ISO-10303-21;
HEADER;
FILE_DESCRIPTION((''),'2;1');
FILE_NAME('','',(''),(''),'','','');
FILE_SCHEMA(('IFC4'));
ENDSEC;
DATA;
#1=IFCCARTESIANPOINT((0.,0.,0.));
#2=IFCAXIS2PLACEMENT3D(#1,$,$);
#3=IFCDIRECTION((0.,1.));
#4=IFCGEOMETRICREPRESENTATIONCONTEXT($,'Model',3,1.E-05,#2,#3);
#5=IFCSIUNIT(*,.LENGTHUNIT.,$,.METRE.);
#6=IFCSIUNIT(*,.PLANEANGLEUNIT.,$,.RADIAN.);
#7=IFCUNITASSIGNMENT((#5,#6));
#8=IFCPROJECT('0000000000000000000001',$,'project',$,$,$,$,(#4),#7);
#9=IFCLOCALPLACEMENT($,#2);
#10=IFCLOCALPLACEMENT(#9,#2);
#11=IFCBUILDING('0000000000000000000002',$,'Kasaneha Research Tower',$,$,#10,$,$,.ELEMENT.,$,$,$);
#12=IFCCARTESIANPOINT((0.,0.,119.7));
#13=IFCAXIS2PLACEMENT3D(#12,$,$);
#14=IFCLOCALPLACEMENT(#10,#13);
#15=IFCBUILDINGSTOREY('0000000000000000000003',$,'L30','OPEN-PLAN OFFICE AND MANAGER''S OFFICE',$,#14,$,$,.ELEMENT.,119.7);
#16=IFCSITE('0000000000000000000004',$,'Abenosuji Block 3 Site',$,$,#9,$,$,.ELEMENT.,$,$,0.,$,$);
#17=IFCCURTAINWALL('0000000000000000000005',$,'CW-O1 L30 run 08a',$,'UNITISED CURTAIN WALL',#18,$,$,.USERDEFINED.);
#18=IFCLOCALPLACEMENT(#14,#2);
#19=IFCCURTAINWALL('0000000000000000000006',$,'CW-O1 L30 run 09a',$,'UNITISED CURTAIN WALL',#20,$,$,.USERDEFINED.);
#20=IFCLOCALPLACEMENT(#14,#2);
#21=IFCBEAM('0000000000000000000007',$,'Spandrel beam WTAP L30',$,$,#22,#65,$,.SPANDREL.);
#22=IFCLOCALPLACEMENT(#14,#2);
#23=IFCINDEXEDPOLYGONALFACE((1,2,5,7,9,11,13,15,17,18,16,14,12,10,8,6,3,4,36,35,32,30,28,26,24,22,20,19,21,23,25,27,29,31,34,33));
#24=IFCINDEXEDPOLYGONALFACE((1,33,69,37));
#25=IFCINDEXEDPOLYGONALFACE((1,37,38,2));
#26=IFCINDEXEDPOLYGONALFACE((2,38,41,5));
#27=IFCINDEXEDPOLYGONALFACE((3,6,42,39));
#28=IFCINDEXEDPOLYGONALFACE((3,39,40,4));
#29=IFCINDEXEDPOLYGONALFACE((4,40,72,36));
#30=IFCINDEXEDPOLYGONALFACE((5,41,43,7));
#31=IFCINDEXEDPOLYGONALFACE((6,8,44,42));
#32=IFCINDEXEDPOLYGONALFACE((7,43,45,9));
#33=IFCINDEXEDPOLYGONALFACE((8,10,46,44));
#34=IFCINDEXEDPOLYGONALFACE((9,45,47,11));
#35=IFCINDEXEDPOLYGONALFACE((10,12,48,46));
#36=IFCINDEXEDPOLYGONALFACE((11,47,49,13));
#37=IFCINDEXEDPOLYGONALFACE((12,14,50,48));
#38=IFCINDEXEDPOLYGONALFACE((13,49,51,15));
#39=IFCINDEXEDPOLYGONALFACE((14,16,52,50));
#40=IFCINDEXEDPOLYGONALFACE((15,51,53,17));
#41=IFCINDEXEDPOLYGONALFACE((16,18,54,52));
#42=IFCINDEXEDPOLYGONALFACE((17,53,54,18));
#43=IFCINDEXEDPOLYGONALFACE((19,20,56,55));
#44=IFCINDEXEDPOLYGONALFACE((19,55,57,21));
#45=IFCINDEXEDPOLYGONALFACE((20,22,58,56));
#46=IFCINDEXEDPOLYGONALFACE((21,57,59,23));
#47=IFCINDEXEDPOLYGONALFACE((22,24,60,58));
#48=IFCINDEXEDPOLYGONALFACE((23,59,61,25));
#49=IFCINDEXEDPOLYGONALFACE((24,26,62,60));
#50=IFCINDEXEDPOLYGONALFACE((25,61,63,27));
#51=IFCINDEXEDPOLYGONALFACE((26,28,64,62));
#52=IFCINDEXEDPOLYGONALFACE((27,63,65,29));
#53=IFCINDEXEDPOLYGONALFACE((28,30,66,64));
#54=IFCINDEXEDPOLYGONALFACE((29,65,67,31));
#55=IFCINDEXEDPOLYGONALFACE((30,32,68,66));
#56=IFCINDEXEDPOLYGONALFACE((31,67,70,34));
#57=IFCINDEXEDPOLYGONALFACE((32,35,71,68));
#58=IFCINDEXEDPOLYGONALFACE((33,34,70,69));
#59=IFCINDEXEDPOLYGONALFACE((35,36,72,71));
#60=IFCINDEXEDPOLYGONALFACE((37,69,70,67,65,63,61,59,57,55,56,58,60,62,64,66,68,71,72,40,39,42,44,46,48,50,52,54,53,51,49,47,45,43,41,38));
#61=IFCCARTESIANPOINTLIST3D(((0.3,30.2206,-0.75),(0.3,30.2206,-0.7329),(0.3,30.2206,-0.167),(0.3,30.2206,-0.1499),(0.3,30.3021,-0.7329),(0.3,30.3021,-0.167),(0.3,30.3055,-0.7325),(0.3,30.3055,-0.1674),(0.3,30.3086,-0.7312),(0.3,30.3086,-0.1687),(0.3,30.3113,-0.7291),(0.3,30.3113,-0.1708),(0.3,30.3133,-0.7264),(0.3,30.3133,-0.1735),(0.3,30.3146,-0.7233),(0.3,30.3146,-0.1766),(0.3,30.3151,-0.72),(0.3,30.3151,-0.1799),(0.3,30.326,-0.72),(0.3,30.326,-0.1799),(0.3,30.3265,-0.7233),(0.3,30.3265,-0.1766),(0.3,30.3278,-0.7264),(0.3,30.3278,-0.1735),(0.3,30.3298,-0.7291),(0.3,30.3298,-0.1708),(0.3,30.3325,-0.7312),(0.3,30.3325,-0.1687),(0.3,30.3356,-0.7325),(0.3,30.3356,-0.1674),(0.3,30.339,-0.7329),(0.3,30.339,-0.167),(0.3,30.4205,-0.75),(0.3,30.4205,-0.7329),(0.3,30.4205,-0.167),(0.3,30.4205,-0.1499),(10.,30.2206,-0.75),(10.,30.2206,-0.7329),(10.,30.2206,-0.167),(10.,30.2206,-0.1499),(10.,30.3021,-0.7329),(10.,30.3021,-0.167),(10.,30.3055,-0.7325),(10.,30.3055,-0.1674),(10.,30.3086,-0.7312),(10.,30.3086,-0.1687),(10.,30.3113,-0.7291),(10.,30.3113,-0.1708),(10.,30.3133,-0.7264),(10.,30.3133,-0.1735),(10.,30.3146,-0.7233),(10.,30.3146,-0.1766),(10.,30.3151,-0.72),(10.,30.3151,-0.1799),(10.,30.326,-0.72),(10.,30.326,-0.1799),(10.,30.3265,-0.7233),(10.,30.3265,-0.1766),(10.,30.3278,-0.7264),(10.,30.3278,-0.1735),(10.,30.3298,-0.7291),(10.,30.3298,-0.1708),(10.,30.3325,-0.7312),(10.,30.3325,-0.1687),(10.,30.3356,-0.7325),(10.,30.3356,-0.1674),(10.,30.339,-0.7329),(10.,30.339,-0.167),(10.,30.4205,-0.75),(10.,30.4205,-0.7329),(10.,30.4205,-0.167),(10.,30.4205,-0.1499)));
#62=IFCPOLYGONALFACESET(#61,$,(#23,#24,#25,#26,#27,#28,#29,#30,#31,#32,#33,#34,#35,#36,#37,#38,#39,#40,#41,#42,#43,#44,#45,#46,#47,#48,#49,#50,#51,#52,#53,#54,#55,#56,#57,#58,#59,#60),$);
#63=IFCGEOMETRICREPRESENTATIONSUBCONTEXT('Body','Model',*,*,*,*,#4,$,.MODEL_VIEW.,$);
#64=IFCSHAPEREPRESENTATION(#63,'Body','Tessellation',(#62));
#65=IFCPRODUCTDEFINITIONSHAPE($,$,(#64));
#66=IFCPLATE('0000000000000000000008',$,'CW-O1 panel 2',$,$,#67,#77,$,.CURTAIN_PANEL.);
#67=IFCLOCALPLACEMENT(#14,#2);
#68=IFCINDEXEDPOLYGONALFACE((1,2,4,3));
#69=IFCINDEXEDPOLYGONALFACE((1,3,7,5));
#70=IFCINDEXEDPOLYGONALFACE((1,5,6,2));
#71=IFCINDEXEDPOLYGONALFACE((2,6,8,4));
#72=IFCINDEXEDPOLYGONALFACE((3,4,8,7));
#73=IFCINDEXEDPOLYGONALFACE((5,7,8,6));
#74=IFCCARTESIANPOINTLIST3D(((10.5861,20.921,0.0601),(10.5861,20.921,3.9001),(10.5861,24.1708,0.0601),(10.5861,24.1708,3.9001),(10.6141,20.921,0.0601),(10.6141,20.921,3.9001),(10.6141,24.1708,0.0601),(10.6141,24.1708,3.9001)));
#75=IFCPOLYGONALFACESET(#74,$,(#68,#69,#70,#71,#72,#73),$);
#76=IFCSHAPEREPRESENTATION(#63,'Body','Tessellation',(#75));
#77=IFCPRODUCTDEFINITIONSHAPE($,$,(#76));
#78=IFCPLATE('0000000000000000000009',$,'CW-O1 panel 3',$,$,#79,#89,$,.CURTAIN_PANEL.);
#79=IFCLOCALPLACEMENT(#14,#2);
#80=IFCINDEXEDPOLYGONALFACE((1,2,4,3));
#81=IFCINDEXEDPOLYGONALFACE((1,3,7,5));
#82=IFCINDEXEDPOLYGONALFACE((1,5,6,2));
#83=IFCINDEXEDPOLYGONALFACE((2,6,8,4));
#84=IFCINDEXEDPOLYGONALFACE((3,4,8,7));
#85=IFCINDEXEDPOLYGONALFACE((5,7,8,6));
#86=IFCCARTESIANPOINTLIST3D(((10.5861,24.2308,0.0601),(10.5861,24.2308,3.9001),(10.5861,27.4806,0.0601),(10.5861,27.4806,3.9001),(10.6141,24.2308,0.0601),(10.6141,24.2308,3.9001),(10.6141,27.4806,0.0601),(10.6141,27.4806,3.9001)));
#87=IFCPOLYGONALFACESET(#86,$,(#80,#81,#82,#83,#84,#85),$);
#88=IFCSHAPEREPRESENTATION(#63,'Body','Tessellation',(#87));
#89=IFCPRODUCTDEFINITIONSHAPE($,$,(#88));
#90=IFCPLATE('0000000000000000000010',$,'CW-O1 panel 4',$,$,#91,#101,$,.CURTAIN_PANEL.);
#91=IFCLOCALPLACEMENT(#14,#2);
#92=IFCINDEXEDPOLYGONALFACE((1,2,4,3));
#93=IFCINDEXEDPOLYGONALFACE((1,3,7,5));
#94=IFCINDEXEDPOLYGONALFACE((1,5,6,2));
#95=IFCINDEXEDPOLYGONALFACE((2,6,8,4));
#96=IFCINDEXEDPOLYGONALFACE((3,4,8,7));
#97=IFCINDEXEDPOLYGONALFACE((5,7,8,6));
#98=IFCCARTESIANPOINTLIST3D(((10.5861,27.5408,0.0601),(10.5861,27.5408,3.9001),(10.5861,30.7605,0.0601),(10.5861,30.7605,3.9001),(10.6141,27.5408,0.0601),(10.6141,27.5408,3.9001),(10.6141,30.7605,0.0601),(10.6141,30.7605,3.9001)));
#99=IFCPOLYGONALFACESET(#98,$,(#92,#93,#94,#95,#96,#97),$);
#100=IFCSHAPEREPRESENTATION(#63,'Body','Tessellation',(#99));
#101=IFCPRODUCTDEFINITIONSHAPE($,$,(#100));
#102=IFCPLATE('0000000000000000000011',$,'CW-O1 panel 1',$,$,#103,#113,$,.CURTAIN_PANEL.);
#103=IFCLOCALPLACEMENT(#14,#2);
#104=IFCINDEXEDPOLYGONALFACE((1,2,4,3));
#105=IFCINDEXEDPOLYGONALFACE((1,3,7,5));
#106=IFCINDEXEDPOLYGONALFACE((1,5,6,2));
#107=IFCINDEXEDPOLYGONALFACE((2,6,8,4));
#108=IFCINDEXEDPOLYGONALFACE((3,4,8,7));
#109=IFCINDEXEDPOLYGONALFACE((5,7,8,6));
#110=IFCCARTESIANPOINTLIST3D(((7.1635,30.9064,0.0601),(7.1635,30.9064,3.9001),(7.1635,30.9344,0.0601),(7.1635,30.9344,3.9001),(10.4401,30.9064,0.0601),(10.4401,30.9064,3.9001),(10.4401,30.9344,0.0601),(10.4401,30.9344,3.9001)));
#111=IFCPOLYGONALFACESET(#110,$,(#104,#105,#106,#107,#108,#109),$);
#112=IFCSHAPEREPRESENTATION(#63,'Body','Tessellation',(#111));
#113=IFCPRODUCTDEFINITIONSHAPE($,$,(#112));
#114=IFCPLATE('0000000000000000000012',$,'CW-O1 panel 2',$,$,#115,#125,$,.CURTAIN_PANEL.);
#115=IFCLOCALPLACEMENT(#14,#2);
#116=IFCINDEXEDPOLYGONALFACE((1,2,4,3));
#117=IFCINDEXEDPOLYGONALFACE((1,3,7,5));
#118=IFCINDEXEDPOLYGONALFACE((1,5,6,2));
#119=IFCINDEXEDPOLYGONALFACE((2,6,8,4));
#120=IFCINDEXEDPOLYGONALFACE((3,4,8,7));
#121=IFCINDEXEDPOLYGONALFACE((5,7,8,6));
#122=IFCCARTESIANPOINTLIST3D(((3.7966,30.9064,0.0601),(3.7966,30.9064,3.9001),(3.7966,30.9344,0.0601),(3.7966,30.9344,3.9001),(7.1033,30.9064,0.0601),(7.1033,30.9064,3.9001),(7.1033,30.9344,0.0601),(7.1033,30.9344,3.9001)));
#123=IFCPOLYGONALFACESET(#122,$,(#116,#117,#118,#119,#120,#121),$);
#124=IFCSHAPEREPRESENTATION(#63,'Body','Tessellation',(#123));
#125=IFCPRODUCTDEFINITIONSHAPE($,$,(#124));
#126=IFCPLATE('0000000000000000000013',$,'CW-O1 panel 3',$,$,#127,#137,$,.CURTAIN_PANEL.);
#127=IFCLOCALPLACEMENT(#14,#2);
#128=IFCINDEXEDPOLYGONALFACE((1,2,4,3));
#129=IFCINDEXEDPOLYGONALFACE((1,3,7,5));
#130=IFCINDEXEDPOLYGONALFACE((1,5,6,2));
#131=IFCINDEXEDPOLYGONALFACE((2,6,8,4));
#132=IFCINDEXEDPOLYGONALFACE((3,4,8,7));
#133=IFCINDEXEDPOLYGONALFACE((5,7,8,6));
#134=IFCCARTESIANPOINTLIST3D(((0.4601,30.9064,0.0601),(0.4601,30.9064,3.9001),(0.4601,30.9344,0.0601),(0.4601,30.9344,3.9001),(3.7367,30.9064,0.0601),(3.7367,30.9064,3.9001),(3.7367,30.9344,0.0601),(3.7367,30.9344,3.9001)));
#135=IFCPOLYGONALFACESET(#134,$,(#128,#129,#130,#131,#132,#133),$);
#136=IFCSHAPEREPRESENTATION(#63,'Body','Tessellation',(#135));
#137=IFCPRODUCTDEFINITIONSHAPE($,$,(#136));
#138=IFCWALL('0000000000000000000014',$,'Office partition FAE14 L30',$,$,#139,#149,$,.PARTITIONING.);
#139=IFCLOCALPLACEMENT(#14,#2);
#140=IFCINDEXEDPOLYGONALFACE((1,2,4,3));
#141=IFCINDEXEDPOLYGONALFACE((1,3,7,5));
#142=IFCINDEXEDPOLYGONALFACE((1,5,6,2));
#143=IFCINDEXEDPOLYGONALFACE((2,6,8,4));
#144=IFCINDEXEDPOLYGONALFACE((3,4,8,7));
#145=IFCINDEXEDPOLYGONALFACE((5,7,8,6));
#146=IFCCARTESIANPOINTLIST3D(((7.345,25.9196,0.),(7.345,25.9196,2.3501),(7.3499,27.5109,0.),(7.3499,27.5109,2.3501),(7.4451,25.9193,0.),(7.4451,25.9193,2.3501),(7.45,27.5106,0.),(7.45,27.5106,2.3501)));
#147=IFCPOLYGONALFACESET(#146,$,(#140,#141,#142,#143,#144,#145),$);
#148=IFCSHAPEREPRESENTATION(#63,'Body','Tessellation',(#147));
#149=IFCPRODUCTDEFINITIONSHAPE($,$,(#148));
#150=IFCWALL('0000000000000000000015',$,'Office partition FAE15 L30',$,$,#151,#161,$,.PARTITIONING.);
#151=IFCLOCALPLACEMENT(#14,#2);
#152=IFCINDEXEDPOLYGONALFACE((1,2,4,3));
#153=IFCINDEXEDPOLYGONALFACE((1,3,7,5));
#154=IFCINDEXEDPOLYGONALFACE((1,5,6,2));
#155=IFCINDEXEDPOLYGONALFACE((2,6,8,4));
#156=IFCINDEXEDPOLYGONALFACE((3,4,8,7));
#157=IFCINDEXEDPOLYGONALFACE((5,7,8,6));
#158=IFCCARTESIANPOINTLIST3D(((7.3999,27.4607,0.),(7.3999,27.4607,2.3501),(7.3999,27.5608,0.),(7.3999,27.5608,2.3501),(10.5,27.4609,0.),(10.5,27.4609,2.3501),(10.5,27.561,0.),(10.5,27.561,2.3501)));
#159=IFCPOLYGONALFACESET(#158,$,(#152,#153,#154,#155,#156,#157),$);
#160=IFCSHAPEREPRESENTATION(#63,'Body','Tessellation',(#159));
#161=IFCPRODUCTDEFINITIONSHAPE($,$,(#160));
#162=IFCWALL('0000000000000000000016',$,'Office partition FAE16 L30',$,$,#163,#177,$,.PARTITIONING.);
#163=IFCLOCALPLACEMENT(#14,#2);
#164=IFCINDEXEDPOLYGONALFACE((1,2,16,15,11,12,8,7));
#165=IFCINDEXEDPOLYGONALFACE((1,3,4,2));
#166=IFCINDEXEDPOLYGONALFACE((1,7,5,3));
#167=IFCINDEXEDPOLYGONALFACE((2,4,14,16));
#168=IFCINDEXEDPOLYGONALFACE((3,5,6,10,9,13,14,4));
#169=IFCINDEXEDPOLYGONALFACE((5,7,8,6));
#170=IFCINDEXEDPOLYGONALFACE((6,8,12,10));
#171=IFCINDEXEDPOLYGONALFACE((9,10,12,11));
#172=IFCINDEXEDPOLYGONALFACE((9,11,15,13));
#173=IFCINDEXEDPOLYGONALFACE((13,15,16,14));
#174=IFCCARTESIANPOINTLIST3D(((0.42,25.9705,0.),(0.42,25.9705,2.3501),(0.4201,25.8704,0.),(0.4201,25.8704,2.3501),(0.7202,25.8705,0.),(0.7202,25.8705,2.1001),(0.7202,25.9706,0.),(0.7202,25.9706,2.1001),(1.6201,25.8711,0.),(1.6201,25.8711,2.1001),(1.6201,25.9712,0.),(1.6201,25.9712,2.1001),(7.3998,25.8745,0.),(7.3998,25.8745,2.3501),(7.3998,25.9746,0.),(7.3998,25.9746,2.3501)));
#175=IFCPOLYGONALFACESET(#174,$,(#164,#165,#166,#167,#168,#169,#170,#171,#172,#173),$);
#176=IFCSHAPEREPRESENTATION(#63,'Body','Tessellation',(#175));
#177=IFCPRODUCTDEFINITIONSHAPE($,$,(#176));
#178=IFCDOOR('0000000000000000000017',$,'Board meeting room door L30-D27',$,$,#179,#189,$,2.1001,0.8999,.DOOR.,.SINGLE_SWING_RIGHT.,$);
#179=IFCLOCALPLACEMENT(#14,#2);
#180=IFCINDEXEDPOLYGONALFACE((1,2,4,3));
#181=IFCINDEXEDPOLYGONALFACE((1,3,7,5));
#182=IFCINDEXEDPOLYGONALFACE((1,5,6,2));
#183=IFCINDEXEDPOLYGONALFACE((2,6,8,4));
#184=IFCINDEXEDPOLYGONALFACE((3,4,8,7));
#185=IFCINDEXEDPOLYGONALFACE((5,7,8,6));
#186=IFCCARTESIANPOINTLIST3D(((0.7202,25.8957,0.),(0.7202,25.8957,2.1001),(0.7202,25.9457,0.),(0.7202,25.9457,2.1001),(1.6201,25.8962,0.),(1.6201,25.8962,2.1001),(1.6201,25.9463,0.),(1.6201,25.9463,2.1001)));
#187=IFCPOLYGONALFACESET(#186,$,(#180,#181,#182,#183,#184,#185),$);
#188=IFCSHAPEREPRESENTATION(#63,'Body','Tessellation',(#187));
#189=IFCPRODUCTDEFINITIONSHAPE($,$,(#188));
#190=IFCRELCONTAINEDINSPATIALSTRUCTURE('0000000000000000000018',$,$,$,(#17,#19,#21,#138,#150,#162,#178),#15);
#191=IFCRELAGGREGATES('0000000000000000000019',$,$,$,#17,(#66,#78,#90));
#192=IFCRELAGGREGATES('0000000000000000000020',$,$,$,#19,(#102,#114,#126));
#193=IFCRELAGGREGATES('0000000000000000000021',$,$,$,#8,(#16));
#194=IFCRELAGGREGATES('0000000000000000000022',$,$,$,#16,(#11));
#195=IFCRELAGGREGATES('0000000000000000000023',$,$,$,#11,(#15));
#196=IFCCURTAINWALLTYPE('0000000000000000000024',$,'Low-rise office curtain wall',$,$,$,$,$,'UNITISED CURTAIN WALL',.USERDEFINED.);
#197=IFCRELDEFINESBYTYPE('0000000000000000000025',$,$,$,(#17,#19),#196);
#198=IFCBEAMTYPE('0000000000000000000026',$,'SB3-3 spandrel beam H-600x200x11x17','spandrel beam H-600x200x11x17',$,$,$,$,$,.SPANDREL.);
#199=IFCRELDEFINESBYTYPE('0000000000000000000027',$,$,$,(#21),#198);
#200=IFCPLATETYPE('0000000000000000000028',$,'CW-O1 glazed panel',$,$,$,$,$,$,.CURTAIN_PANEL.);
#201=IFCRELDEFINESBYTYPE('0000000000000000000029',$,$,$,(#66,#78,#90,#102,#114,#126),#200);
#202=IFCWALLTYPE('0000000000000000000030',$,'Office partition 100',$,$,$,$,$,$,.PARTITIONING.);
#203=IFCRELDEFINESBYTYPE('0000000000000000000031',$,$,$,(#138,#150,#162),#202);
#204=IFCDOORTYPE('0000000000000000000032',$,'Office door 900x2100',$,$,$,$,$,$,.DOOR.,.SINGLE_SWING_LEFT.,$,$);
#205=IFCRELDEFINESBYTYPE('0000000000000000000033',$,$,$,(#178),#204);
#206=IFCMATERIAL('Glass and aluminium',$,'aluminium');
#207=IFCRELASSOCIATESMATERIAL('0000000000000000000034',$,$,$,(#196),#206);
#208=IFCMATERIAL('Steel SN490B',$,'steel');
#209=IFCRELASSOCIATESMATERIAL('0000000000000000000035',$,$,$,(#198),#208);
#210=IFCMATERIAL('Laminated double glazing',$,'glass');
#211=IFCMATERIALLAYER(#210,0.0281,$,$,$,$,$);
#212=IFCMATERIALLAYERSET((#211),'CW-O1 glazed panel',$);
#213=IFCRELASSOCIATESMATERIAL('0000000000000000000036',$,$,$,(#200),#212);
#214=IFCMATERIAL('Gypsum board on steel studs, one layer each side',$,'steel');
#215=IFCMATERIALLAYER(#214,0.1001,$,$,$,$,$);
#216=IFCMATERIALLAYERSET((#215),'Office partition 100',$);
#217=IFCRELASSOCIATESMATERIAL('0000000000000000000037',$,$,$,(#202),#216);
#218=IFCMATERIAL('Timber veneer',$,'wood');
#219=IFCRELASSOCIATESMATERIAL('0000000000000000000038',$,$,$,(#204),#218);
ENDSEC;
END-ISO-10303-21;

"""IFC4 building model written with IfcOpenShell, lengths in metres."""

from ifc_helpers import new_model, si_unit, direction, frame, frame_2d, origin, origin_2d, place, context, subcontext, project, spatial, rectangle, i_section, extrude, material, layer, layer_set, material_profile, profile_set, type_object, element, fill, aggregate, save


model = new_model("IFC4")

# Units and contexts
model_context = context("Model", 3, precision=1e-05, world=origin(), true_north=direction((0.0, 1.0)))
body_context = subcontext(model_context, "Body", "Model", "MODEL_VIEW")
ifc_project = project(units=[si_unit("LENGTHUNIT", "METRE"), si_unit("PLANEANGLEUNIT", "RADIAN")], contexts=[model_context])

# Site, building, storey
site_placement = place(None, origin())
site = spatial("IfcSite", under=ifc_project, at=site_placement, Name="Abenosuji Block 3 Site", CompositionType="ELEMENT", RefElevation=0.0)
building_placement = place(site_placement, origin())
building = spatial("IfcBuilding", under=site, at=building_placement, Name="Kasaneha Research Tower", CompositionType="ELEMENT")
storey_placement = place(building_placement, frame((0.0, 0.0, 119.7)))
storey = spatial("IfcBuildingStorey", under=building, at=storey_placement, Name="L30", Description="OPEN-PLAN OFFICE AND MANAGER'S OFFICE", CompositionType="ELEMENT", Elevation=119.7)

# Curtain walls
ifc_material_1 = material(Name="Glass and aluminium", Category="aluminium")
curtain_wall_type = type_object("IfcCurtainWallType", Name="Low-rise office curtain wall", ElementType="UNITISED CURTAIN WALL", PredefinedType="USERDEFINED", material=ifc_material_1)
curtain_wall_1_placement = place(storey_placement, origin())
curtain_wall_1 = element("IfcCurtainWall", 1, at=curtain_wall_1_placement, inside=storey, type_object=curtain_wall_type, Name="CW-O1 L30 run 08a", ObjectType="UNITISED CURTAIN WALL", PredefinedType="USERDEFINED")
curtain_wall_2_placement = place(storey_placement, origin())
curtain_wall_2 = element("IfcCurtainWall", 2, at=curtain_wall_2_placement, inside=storey, type_object=curtain_wall_type, Name="CW-O1 L30 run 09a", ObjectType="UNITISED CURTAIN WALL", PredefinedType="USERDEFINED")

# Beam
ifc_material_2 = material(Name="Steel SN490B", Category="steel")
ifc_material_profile_1 = material_profile(ifc_material_2, i_section(OverallWidth=0.2, OverallDepth=0.6001, WebThickness=0.011, FlangeThickness=0.0171, FilletRadius=0.0129, at=origin_2d()), Name="H-600x200x11x17")
ifc_profile_set_1 = profile_set([ifc_material_profile_1], Name="Steel SN490B")
beam_type_1 = type_object("IfcBeamType", Name="SB3-3 spandrel beam H-600x200x11x17", Description="spandrel beam H-600x200x11x17", PredefinedType="SPANDREL", material=ifc_profile_set_1)
beam_1_placement = place(storey_placement, frame((10.0, 30.3206, -0.45), z_axis=(-1.0, 0.0, 0.0), x_axis=(0.0, -1.0, 0.0)))
element("IfcBeam", 3, at=beam_1_placement, inside=storey, type_object=beam_type_1, Name="Spandrel beam WTAP L30", PredefinedType="SPANDREL", context=body_context, shape_type="SweptSolid", body=[
    extrude(i_section(OverallWidth=0.2, OverallDepth=0.6001, WebThickness=0.011, FlangeThickness=0.0171, FilletRadius=0.0129, at=origin_2d()), origin(), (0.0, 0.0, 1.0), 9.7),
])

# Plates
ifc_material_3 = material(Name="Laminated double glazing", Category="glass")
ifc_layer_1 = layer(ifc_material_3, 0.0281)
ifc_layer_set_1 = layer_set([ifc_layer_1], Name="CW-O1 glazed panel")
plate_type = type_object("IfcPlateType", Name="CW-O1 glazed panel", PredefinedType="CURTAIN_PANEL", material=ifc_layer_set_1)
plate_1_placement = place(storey_placement, frame((10.6001, 22.5459, 0.0601), z_axis=(0.0, 0.0, 1.0), x_axis=(0.0, 1.0, 0.0)))
plate_1 = element("IfcPlate", 4, at=plate_1_placement, type_object=plate_type, Name="CW-O1 panel 2", PredefinedType="CURTAIN_PANEL", context=body_context, shape_type="SweptSolid", body=[
    extrude(rectangle(XDim=3.2498, YDim=0.0281, at=origin_2d()), origin(), (0.0, 0.0, 1.0), 3.8401),
])
plate_2_placement = place(storey_placement, frame((10.6001, 25.8557, 0.0601), z_axis=(0.0, 0.0, 1.0), x_axis=(0.0, 1.0, 0.0)))
plate_2 = element("IfcPlate", 5, at=plate_2_placement, type_object=plate_type, Name="CW-O1 panel 3", PredefinedType="CURTAIN_PANEL", context=body_context, shape_type="SweptSolid", body=[
    extrude(rectangle(XDim=3.2498, YDim=0.0281, at=origin_2d()), origin(), (0.0, 0.0, 1.0), 3.8401),
])
plate_3_placement = place(storey_placement, frame((10.6001, 29.1506, 0.0601), z_axis=(0.0, 0.0, 1.0), x_axis=(0.0, 1.0, 0.0)))
plate_3 = element("IfcPlate", 6, at=plate_3_placement, type_object=plate_type, Name="CW-O1 panel 4", PredefinedType="CURTAIN_PANEL", context=body_context, shape_type="SweptSolid", body=[
    extrude(rectangle(XDim=3.2197, YDim=0.0281, at=origin_2d()), origin(), (0.0, 0.0, 1.0), 3.8401),
])
aggregate(curtain_wall_1, [plate_1, plate_2, plate_3])
plate_4_placement = place(storey_placement, frame((8.8018, 30.9204, 0.0601), z_axis=(0.0, 0.0, 1.0), x_axis=(-1.0, 0.0, 0.0)))
plate_4 = element("IfcPlate", 7, at=plate_4_placement, type_object=plate_type, Name="CW-O1 panel 1", PredefinedType="CURTAIN_PANEL", context=body_context, shape_type="SweptSolid", body=[
    extrude(rectangle(XDim=3.2766, YDim=0.0281, at=origin_2d()), origin(), (0.0, 0.0, 1.0), 3.8401),
])
plate_5_placement = place(storey_placement, frame((5.45, 30.9204, 0.0601), z_axis=(0.0, 0.0, 1.0), x_axis=(-1.0, 0.0, 0.0)))
plate_5 = element("IfcPlate", 8, at=plate_5_placement, type_object=plate_type, Name="CW-O1 panel 2", PredefinedType="CURTAIN_PANEL", context=body_context, shape_type="SweptSolid", body=[
    extrude(rectangle(XDim=3.3066, YDim=0.0281, at=origin_2d()), origin(), (0.0, 0.0, 1.0), 3.8401),
])
plate_6_placement = place(storey_placement, frame((2.0984, 30.9204, 0.0601), z_axis=(0.0, 0.0, 1.0), x_axis=(-1.0, 0.0, 0.0)))
plate_6 = element("IfcPlate", 9, at=plate_6_placement, type_object=plate_type, Name="CW-O1 panel 3", PredefinedType="CURTAIN_PANEL", context=body_context, shape_type="SweptSolid", body=[
    extrude(rectangle(XDim=3.2766, YDim=0.0281, at=origin_2d()), origin(), (0.0, 0.0, 1.0), 3.8401),
])
aggregate(curtain_wall_2, [plate_4, plate_5, plate_6])

# Walls
ifc_material_4 = material(Name="Gypsum board on steel studs, one layer each side", Category="steel")
ifc_layer_2 = layer(ifc_material_4, 0.1001)
ifc_layer_set_2 = layer_set([ifc_layer_2], Name="Office partition 100")
wall_type = type_object("IfcWallType", Name="Office partition 100", PredefinedType="PARTITIONING", material=ifc_layer_set_2)
wall_1_placement = place(storey_placement, frame((7.3999, 27.5107, 0.0), z_axis=(0.0, 0.0, 1.0), x_axis=(-0.003068, -0.999995, 0.0)))
element("IfcWall", 10, at=wall_1_placement, inside=storey, type_object=wall_type, Name="Office partition FAE14 L30", PredefinedType="PARTITIONING", context=body_context, shape_type="SweptSolid", body=[
    extrude(rectangle(XDim=1.5913, YDim=0.1001, at=frame_2d((0.7957, 0.0))), origin(), (0.0, 0.0, 1.0), 2.3501),
])
wall_2_placement = place(storey_placement, frame((10.5, 27.511, 0.0), z_axis=(0.0, 0.0, 1.0), x_axis=(-1.0, -0.000079, 0.0)))
element("IfcWall", 11, at=wall_2_placement, inside=storey, type_object=wall_type, Name="Office partition FAE15 L30", PredefinedType="PARTITIONING", context=body_context, shape_type="SweptSolid", body=[
    extrude(rectangle(XDim=3.1001, YDim=0.1001, at=frame_2d((1.55, 0.0))), origin(), (0.0, 0.0, 1.0), 2.3501),
])

# Wall, opening, door
wall_3_placement = place(storey_placement, frame((7.3997, 25.9246, 0.0), z_axis=(0.0, 0.0, 1.0), x_axis=(-1.0, -0.000595, 0.0)))
wall_3 = element("IfcWall", 12, at=wall_3_placement, inside=storey, type_object=wall_type, Name="Office partition FAE16 L30", PredefinedType="PARTITIONING", context=body_context, shape_type="SweptSolid", body=[
    extrude(rectangle(XDim=6.9797, YDim=0.1001, at=frame_2d((3.4897, 0.0))), origin(), (0.0, 0.0, 1.0), 2.3501),
])
opening_placement = place(wall_3_placement, frame((5.7795, 0.0, 0.0)))
opening = element("IfcOpeningElement", 13, at=opening_placement, cuts=wall_3, PredefinedType="OPENING", context=body_context, shape_type="SweptSolid", body=[
    extrude(rectangle(XDim=0.8999, YDim=2.1001, at=frame_2d((0.45, 1.05))), frame((0.0, 0.0601, 0.0), z_axis=(0.0, -1.0, 0.0), x_axis=(1.0, 0.0, 0.0)), (0.0, 0.0, 1.0), 0.1201),
])
ifc_material_5 = material(Name="Timber veneer", Category="wood")
door_type = type_object("IfcDoorType", Name="Office door 900x2100", OperationType="SINGLE_SWING_LEFT", PredefinedType="DOOR", material=ifc_material_5)
door_placement = place(opening_placement, origin())
door = element("IfcDoor", 14, at=door_placement, inside=storey, type_object=door_type, Name="Board meeting room door L30-D27", OperationType="SINGLE_SWING_RIGHT", OverallHeight=2.1001, OverallWidth=0.8999, PredefinedType="DOOR", context=body_context, shape_type="SweptSolid", body=[
    extrude(rectangle(XDim=0.8999, YDim=2.1001, at=frame_2d((0.45, 1.05))), frame((0.0, 0.0249, 0.0), z_axis=(0.0, -1.0, 0.0), x_axis=(1.0, 0.0, 0.0)), (0.0, 0.0, 1.0), 0.05),
])
fill(opening, door)

save(model, "model.ifc")
